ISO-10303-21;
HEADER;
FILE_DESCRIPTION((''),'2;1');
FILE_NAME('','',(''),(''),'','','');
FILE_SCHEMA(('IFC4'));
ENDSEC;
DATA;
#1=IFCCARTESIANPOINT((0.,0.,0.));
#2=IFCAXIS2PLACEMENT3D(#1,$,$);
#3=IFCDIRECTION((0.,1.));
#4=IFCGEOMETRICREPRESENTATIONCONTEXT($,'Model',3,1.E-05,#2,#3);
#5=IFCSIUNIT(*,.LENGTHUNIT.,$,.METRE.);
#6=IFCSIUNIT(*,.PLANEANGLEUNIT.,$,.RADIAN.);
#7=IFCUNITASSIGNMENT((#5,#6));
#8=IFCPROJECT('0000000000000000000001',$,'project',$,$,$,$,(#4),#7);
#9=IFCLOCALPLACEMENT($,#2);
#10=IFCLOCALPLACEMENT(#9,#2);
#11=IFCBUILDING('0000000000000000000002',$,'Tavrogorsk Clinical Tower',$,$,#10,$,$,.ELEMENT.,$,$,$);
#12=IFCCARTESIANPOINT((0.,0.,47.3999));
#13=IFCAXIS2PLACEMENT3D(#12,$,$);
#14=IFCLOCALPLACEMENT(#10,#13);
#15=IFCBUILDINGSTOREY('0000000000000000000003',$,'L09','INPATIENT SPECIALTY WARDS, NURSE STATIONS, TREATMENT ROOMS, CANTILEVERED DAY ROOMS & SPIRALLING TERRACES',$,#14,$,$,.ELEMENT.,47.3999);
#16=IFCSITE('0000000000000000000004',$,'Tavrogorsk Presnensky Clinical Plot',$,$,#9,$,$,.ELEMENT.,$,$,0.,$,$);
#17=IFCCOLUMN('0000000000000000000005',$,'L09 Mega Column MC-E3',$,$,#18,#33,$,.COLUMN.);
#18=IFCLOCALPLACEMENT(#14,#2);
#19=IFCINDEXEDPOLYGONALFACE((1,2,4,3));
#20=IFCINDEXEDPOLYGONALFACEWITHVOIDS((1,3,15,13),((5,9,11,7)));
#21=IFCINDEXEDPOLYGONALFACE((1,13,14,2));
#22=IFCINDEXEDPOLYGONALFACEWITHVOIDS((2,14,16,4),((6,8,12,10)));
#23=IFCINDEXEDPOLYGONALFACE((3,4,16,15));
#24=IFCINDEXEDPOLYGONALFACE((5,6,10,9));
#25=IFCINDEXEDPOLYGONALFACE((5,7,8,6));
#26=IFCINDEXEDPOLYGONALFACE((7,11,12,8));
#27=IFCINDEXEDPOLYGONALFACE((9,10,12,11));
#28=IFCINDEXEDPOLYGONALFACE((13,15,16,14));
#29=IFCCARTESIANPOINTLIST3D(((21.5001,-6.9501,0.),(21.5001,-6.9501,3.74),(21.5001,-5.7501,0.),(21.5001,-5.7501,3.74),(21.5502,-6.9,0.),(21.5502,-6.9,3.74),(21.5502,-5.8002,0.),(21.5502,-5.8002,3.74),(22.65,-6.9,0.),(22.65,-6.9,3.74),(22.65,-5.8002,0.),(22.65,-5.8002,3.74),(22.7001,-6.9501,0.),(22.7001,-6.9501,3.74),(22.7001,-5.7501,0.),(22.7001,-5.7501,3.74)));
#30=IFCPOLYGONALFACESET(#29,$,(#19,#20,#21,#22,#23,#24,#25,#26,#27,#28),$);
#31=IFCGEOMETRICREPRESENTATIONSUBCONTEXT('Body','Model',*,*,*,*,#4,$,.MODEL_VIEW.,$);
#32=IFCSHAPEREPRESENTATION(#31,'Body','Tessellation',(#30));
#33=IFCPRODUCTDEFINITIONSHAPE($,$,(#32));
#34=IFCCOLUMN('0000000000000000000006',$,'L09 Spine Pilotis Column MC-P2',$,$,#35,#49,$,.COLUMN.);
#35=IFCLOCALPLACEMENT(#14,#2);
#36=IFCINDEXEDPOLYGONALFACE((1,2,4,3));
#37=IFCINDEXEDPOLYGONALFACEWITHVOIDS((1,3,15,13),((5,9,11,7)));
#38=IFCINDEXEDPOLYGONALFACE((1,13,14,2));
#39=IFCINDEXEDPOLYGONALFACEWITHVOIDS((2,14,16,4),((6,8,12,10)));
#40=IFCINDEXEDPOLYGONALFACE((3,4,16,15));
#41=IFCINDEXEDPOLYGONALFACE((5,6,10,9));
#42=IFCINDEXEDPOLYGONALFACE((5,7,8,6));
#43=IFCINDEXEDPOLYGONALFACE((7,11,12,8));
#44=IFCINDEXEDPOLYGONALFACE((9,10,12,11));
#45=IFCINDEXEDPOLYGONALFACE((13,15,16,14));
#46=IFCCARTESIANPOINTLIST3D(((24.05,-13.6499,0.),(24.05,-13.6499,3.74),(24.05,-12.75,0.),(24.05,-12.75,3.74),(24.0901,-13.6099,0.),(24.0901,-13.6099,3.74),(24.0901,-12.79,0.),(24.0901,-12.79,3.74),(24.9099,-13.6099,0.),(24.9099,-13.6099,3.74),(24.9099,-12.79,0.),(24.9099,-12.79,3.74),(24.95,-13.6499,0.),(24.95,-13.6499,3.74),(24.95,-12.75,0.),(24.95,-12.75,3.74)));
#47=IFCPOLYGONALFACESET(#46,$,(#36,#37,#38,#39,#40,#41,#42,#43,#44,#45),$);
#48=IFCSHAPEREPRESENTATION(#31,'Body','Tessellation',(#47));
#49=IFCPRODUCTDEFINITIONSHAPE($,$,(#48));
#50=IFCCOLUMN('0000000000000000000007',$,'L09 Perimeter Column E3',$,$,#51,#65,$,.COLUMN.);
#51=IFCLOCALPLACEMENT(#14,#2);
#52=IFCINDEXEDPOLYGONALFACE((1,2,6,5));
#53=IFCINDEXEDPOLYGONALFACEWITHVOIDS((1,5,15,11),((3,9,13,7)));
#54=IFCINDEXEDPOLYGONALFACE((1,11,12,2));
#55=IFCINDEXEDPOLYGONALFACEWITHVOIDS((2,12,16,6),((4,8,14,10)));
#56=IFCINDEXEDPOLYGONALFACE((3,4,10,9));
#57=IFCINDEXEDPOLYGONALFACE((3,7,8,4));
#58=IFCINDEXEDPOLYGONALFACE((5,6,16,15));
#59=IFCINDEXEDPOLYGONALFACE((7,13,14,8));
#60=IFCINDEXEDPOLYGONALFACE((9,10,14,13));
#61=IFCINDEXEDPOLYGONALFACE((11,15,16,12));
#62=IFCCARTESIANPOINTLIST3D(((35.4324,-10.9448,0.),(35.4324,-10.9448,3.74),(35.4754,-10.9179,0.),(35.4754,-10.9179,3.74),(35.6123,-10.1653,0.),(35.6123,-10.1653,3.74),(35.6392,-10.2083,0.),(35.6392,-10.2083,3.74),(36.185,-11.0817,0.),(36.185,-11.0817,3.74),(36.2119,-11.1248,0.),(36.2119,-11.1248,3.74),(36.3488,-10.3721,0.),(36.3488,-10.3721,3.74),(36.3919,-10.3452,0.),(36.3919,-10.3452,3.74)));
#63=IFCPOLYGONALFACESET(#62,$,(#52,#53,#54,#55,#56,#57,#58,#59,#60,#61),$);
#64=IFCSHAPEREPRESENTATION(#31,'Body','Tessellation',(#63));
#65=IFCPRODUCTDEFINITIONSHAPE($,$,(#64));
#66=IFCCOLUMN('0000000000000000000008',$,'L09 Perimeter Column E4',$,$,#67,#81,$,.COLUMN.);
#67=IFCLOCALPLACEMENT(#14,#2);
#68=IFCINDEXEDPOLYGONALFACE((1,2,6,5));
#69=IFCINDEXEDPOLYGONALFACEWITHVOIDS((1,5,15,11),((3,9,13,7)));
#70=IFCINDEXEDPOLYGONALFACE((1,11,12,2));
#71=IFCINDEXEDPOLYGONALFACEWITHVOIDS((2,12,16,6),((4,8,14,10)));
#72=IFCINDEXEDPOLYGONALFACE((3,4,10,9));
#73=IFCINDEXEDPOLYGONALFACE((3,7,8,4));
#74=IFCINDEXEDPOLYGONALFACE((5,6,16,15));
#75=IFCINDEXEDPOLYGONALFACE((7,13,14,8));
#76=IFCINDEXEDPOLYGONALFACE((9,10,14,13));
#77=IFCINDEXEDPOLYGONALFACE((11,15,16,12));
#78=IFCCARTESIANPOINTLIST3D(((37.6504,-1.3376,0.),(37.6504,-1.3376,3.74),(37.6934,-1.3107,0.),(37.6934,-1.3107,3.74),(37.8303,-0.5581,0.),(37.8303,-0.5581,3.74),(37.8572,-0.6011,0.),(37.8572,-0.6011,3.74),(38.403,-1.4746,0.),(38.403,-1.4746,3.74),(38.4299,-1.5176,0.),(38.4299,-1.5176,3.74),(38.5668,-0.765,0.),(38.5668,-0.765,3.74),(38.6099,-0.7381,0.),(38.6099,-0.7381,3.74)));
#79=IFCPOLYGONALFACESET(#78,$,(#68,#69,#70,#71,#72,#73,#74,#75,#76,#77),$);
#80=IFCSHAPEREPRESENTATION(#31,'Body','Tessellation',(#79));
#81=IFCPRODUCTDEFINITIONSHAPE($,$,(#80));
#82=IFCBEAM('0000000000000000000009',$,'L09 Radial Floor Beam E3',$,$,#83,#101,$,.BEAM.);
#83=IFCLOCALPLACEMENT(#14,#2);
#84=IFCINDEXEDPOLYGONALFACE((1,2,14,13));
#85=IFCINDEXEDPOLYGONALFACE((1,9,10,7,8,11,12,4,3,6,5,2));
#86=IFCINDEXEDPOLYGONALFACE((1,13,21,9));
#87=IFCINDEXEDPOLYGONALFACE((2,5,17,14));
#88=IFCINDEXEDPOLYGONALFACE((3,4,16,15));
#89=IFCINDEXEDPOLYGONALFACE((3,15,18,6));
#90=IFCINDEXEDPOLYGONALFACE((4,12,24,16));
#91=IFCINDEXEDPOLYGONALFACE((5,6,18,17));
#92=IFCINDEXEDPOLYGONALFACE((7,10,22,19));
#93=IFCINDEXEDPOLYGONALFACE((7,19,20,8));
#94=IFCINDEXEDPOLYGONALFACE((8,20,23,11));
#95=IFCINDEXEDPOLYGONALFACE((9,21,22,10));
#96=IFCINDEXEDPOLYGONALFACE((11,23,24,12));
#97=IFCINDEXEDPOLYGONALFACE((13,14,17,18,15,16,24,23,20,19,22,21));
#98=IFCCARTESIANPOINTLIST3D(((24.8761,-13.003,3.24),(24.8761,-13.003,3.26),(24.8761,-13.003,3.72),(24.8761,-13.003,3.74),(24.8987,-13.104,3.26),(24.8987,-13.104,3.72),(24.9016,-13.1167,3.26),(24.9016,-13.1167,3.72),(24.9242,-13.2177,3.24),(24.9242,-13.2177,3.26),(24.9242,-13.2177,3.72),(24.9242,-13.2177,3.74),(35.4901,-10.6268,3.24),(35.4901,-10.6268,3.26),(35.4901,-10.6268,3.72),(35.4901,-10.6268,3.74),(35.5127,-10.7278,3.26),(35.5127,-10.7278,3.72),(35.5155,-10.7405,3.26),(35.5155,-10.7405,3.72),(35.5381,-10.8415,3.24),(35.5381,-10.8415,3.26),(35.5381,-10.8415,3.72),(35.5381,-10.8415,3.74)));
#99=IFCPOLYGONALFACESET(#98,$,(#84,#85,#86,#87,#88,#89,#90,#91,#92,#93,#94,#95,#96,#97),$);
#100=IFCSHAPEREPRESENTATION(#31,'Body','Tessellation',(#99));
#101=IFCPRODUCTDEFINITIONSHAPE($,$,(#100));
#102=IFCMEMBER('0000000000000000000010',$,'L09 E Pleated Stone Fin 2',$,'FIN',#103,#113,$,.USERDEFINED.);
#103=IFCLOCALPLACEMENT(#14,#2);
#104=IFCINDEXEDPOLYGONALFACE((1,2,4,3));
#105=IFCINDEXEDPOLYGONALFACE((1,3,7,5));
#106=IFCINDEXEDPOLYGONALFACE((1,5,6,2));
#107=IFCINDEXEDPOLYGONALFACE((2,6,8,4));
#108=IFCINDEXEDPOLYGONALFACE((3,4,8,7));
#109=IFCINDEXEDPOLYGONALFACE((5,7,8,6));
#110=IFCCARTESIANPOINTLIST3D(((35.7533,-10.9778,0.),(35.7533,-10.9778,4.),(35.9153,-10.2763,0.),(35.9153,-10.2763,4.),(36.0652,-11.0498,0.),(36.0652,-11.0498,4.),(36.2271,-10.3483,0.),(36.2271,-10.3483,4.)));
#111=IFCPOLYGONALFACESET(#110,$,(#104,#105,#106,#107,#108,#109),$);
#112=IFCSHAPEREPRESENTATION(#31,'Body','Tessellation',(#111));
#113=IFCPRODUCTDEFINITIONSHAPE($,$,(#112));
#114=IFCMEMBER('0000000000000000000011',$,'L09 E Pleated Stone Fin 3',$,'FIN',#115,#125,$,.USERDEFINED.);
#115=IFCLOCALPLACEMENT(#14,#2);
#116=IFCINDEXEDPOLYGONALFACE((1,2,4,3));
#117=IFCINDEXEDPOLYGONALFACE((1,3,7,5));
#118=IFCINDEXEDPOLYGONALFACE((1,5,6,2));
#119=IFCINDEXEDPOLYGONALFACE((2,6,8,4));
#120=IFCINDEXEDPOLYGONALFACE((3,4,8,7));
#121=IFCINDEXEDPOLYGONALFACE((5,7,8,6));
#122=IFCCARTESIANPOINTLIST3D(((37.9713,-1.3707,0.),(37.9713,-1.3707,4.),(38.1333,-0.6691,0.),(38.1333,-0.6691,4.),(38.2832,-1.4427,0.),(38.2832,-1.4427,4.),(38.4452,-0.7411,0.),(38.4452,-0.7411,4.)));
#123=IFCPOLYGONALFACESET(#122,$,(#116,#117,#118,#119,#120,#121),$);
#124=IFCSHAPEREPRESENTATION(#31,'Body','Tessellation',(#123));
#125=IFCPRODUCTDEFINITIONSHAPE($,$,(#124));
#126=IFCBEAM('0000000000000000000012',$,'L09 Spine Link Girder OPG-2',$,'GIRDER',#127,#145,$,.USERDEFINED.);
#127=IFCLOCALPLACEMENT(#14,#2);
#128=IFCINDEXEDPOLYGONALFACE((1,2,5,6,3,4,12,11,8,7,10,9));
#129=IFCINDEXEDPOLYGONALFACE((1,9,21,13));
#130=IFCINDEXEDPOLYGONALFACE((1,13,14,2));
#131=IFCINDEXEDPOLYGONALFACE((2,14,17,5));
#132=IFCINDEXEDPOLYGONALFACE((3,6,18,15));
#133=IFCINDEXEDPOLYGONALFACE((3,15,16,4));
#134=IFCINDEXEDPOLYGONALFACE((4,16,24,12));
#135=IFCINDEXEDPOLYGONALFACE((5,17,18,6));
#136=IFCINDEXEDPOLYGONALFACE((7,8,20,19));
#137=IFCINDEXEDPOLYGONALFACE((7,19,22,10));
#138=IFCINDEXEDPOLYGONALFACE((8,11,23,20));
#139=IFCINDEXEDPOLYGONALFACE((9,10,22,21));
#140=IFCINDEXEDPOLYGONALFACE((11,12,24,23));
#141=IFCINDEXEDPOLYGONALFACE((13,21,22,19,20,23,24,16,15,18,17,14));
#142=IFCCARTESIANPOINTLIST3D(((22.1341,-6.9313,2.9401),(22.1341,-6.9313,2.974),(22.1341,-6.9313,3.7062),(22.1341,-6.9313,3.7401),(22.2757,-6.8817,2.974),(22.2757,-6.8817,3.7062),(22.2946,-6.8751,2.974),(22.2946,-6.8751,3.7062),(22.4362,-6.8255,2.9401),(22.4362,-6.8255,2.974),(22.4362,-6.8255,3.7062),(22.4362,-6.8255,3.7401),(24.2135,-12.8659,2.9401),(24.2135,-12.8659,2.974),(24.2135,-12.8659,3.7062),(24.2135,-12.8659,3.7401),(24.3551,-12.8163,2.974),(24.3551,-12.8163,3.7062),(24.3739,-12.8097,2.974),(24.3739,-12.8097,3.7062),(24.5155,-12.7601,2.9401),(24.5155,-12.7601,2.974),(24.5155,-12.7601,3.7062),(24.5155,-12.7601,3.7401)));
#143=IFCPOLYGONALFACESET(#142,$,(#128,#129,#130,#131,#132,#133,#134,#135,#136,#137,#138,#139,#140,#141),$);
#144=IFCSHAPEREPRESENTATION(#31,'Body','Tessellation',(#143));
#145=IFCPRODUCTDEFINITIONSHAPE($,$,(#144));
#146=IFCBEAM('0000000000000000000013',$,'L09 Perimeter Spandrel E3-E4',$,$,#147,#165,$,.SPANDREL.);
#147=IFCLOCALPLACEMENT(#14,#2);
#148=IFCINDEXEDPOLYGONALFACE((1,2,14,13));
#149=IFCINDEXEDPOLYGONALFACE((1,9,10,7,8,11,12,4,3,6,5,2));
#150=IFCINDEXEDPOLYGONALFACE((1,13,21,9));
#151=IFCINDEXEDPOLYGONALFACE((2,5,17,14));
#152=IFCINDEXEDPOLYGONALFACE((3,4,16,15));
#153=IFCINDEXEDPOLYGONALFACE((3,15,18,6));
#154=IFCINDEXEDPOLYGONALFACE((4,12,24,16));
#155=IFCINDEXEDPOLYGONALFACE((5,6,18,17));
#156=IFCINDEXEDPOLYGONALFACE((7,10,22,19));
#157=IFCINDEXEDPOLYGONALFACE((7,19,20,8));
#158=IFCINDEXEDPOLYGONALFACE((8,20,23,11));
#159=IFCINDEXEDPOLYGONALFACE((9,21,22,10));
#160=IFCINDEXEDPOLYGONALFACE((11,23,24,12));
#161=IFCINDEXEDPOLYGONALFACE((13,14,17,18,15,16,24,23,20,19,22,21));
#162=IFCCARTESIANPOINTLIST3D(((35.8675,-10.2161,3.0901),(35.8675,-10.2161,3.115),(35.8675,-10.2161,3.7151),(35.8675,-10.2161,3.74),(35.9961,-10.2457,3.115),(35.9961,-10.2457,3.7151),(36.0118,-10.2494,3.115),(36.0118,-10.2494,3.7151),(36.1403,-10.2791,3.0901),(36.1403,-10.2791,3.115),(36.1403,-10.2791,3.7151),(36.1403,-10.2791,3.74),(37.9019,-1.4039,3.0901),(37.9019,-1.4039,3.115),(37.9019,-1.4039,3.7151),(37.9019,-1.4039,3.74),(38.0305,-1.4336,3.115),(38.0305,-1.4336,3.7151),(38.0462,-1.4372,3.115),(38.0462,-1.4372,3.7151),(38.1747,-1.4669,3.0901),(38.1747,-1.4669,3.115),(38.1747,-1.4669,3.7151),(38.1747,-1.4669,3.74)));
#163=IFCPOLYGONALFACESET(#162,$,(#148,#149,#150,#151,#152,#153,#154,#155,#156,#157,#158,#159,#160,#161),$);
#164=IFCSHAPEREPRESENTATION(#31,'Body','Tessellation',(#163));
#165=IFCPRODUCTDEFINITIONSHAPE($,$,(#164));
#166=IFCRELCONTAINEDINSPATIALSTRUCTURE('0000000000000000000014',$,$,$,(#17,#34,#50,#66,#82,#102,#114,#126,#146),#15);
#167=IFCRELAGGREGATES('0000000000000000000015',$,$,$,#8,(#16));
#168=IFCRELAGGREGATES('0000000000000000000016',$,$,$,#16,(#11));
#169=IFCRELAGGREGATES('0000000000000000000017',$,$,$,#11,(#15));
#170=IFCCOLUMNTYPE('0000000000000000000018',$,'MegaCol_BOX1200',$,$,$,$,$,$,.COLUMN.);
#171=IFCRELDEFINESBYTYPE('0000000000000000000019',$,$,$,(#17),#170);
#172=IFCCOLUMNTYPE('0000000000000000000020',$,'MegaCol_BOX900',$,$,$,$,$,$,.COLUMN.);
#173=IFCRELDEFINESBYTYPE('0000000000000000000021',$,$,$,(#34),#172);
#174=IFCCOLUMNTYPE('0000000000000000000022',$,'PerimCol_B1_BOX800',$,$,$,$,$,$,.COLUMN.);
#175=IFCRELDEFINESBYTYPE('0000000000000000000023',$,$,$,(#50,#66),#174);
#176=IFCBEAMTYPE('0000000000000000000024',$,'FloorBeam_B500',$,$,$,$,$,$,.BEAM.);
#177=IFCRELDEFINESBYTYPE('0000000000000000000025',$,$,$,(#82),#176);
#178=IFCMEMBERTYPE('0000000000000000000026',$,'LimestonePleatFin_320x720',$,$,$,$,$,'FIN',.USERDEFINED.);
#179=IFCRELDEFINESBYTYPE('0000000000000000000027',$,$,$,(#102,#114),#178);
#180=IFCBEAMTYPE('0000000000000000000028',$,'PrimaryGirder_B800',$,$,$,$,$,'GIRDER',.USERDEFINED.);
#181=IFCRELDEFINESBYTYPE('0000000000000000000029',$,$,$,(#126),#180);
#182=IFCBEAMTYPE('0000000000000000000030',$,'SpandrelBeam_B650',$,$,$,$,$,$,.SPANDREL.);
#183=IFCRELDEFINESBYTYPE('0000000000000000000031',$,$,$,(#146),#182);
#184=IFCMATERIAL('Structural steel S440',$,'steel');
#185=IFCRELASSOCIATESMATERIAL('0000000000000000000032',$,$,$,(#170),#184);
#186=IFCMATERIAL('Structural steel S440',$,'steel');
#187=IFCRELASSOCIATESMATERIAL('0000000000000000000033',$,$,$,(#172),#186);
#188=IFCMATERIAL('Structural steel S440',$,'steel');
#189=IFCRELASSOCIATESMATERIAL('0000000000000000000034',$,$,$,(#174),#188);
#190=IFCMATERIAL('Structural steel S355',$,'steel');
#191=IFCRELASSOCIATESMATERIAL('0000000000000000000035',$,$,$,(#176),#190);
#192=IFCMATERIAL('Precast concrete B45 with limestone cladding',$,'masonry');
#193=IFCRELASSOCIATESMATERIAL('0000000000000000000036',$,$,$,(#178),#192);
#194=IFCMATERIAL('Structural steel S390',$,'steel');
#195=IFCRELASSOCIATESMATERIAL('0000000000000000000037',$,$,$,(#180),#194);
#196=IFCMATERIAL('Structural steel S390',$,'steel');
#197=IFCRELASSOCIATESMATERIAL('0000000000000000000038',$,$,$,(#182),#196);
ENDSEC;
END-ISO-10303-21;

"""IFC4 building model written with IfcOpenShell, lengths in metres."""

from ifc_helpers import new_model, si_unit, direction, frame, origin, origin_2d, place, context, subcontext, project, spatial, rectangle, hollow_rectangle, i_section, extrude, material, material_profile, profile_set, type_object, element, save


model = new_model("IFC4")

# Units and contexts
model_context = context("Model", 3, precision=1e-05, world=origin(), true_north=direction((0.0, 1.0)))
body_context = subcontext(model_context, "Body", "Model", "MODEL_VIEW")
ifc_project = project(units=[si_unit("LENGTHUNIT", "METRE"), si_unit("PLANEANGLEUNIT", "RADIAN")], contexts=[model_context])

# Site, building, storey
site_placement = place(None, origin())
site = spatial("IfcSite", under=ifc_project, at=site_placement, Name="Tavrogorsk Presnensky Clinical Plot", CompositionType="ELEMENT", RefElevation=0.0)
building_placement = place(site_placement, origin())
building = spatial("IfcBuilding", under=site, at=building_placement, Name="Tavrogorsk Clinical Tower", CompositionType="ELEMENT")
storey_placement = place(building_placement, frame((0.0, 0.0, 47.3999)))
storey = spatial("IfcBuildingStorey", under=building, at=storey_placement, Name="L09", Description="INPATIENT SPECIALTY WARDS, NURSE STATIONS, TREATMENT ROOMS, CANTILEVERED DAY ROOMS & SPIRALLING TERRACES", CompositionType="ELEMENT", Elevation=47.3999)

# Columns
ifc_material_1 = material(Name="Structural steel S440", Category="steel")
ifc_material_profile_1 = material_profile(ifc_material_1, hollow_rectangle(XDim=1.2, YDim=1.2, WallThickness=0.05, at=origin_2d()), Name="BOX-1200x1200x50")
ifc_profile_set_1 = profile_set([ifc_material_profile_1], Name="Structural steel S440")
column_type_1 = type_object("IfcColumnType", Name="MegaCol_BOX1200", PredefinedType="COLUMN", material=ifc_profile_set_1)
column_1_placement = place(storey_placement, frame((22.1001, -6.3501, 0.0), z_axis=(0.0, 0.0, 1.0), x_axis=(1.0, 0.0, 0.0)))
element("IfcColumn", 1, at=column_1_placement, inside=storey, type_object=column_type_1, Name="L09 Mega Column MC-E3", PredefinedType="COLUMN", context=body_context, shape_type="SweptSolid", body=[
    extrude(hollow_rectangle(XDim=1.2, YDim=1.2, WallThickness=0.05, at=origin_2d()), origin(), (0.0, 0.0, 1.0), 3.74),
])
ifc_material_2 = material(Name="Structural steel S440", Category="steel")
ifc_material_profile_2 = material_profile(ifc_material_2, hollow_rectangle(XDim=0.8999, YDim=0.8999, WallThickness=0.04, at=origin_2d()), Name="BOX-900x900x40")
ifc_profile_set_2 = profile_set([ifc_material_profile_2], Name="Structural steel S440")
column_type_2 = type_object("IfcColumnType", Name="MegaCol_BOX900", PredefinedType="COLUMN", material=ifc_profile_set_2)
column_2_placement = place(storey_placement, frame((24.5, -13.2, 0.0), z_axis=(0.0, 0.0, 1.0), x_axis=(1.0, 0.0, 0.0)))
element("IfcColumn", 2, at=column_2_placement, inside=storey, type_object=column_type_2, Name="L09 Spine Pilotis Column MC-P2", PredefinedType="COLUMN", context=body_context, shape_type="SweptSolid", body=[
    extrude(hollow_rectangle(XDim=0.8999, YDim=0.8999, WallThickness=0.04, at=origin_2d()), origin(), (0.0, 0.0, 1.0), 3.74),
])
ifc_material_3 = material(Name="Structural steel S440", Category="steel")
ifc_material_profile_3 = material_profile(ifc_material_3, hollow_rectangle(XDim=0.8, YDim=0.8, WallThickness=0.0359, at=origin_2d()), Name="BOX-800x800x36")
ifc_profile_set_3 = profile_set([ifc_material_profile_3], Name="Structural steel S440")
column_type_3 = type_object("IfcColumnType", Name="PerimCol_B1_BOX800", PredefinedType="COLUMN", material=ifc_profile_set_3)
for number, where, z_axis, x_axis, name in (
    (3, (35.9121, -10.645, 0.0), (0.0, 0.0, 1.0), (0.97437, -0.224951, 0.0), "L09 Perimeter Column E3"),
    (4, (38.1301, -1.0378, 0.0), (0.0, 0.0, 1.0), (0.97437, -0.224951, 0.0), "L09 Perimeter Column E4"),
):
    element("IfcColumn", number, at=place(storey_placement, frame(where, z_axis=z_axis, x_axis=x_axis)), inside=storey, type_object=column_type_3, Name=name, PredefinedType="COLUMN", context=body_context, shape_type="SweptSolid", body=[
        extrude(hollow_rectangle(XDim=0.8, YDim=0.8, WallThickness=0.0359, at=origin_2d()), origin(), (0.0, 0.0, 1.0), 3.74),
    ])

# Beam
ifc_material_4 = material(Name="Structural steel S355", Category="steel")
ifc_material_profile_4 = material_profile(ifc_material_4, i_section(OverallWidth=0.22, OverallDepth=0.5, WebThickness=0.0129, FlangeThickness=0.02, at=origin_2d()), Name="B-500x220x13x20")
ifc_profile_set_4 = profile_set([ifc_material_profile_4], Name="Structural steel S355")
beam_type_1 = type_object("IfcBeamType", Name="FloorBeam_B500", PredefinedType="BEAM", material=ifc_profile_set_4)
beam_1_placement = place(storey_placement, frame((24.9001, -13.1104, 3.49), z_axis=(0.975844, 0.218468, 0.0), x_axis=(-0.218468, 0.975844, 0.0)))
element("IfcBeam", 5, at=beam_1_placement, inside=storey, type_object=beam_type_1, Name="L09 Radial Floor Beam E3", PredefinedType="BEAM", context=body_context, shape_type="SweptSolid", body=[
    extrude(i_section(OverallWidth=0.22, OverallDepth=0.5, WebThickness=0.0129, FlangeThickness=0.02, at=origin_2d()), origin(), (0.0, 0.0, 1.0), 10.8767),
])

# Members
ifc_material_5 = material(Name="Precast concrete B45 with limestone cladding", Category="masonry")
ifc_material_profile_5 = material_profile(ifc_material_5, rectangle(XDim=0.3201, YDim=0.72, at=origin_2d()), Name="LIMESTONE-FIN-320x720")
ifc_profile_set_5 = profile_set([ifc_material_profile_5], Name="Precast concrete B45 with limestone cladding")
member_type = type_object("IfcMemberType", Name="LimestonePleatFin_320x720", ElementType="FIN", PredefinedType="USERDEFINED", material=ifc_profile_set_5)
for number, where, z_axis, x_axis, name in (
    (6, (35.9902, -10.6631, 0.0), (0.0, 0.0, 1.0), (0.97437, -0.224951, 0.0), "L09 E Pleated Stone Fin 2"),
    (7, (38.2083, -1.0559, 0.0), (0.0, 0.0, 1.0), (0.97437, -0.224951, 0.0), "L09 E Pleated Stone Fin 3"),
):
    element("IfcMember", number, at=place(storey_placement, frame(where, z_axis=z_axis, x_axis=x_axis)), inside=storey, type_object=member_type, Name=name, ObjectType="FIN", PredefinedType="USERDEFINED", context=body_context, shape_type="SweptSolid", body=[
        extrude(rectangle(XDim=0.3201, YDim=0.72, at=origin_2d()), origin(), (0.0, 0.0, 1.0), 4.0),
    ])

# Beams
ifc_material_6 = material(Name="Structural steel S390", Category="steel")
ifc_material_profile_6 = material_profile(ifc_material_6, i_section(OverallWidth=0.3201, OverallDepth=0.8, WebThickness=0.02, FlangeThickness=0.0339, at=origin_2d()), Name="B-800x320x20x34")
ifc_profile_set_6 = profile_set([ifc_material_profile_6], Name="Structural steel S390")
beam_type_2 = type_object("IfcBeamType", Name="PrimaryGirder_B800", ElementType="GIRDER", PredefinedType="USERDEFINED", material=ifc_profile_set_6)
beam_2_placement = place(storey_placement, frame((24.3645, -12.813, 3.3401), z_axis=(-0.330669, 0.943747, 0.0), x_axis=(-0.943747, -0.330669, 0.0)))
element("IfcBeam", 8, at=beam_2_placement, inside=storey, type_object=beam_type_2, Name="L09 Spine Link Girder OPG-2", ObjectType="GIRDER", PredefinedType="USERDEFINED", context=body_context, shape_type="SweptSolid", body=[
    extrude(i_section(OverallWidth=0.3201, OverallDepth=0.8, WebThickness=0.02, FlangeThickness=0.0339, at=origin_2d()), origin(), (0.0, 0.0, 1.0), 6.2883),
])
ifc_material_7 = material(Name="Structural steel S390", Category="steel")
ifc_material_profile_7 = material_profile(ifc_material_7, i_section(OverallWidth=0.28, OverallDepth=0.6499, WebThickness=0.0161, FlangeThickness=0.0249, at=origin_2d()), Name="B-650x280x16x25")
ifc_profile_set_7 = profile_set([ifc_material_profile_7], Name="Structural steel S390")
beam_type_3 = type_object("IfcBeamType", Name="SpandrelBeam_B650", PredefinedType="SPANDREL", material=ifc_profile_set_7)
beam_3_placement = place(storey_placement, frame((36.0039, -10.2476, 3.415), z_axis=(0.224946, 0.974371, 0.0), x_axis=(-0.974371, 0.224946, 0.0)))
element("IfcBeam", 9, at=beam_3_placement, inside=storey, type_object=beam_type_3, Name="L09 Perimeter Spandrel E3-E4", PredefinedType="SPANDREL", context=body_context, shape_type="SweptSolid", body=[
    extrude(i_section(OverallWidth=0.28, OverallDepth=0.6499, WebThickness=0.0161, FlangeThickness=0.0249, at=origin_2d()), origin(), (0.0, 0.0, 1.0), 9.0439),
])

save(model, "model.ifc")
